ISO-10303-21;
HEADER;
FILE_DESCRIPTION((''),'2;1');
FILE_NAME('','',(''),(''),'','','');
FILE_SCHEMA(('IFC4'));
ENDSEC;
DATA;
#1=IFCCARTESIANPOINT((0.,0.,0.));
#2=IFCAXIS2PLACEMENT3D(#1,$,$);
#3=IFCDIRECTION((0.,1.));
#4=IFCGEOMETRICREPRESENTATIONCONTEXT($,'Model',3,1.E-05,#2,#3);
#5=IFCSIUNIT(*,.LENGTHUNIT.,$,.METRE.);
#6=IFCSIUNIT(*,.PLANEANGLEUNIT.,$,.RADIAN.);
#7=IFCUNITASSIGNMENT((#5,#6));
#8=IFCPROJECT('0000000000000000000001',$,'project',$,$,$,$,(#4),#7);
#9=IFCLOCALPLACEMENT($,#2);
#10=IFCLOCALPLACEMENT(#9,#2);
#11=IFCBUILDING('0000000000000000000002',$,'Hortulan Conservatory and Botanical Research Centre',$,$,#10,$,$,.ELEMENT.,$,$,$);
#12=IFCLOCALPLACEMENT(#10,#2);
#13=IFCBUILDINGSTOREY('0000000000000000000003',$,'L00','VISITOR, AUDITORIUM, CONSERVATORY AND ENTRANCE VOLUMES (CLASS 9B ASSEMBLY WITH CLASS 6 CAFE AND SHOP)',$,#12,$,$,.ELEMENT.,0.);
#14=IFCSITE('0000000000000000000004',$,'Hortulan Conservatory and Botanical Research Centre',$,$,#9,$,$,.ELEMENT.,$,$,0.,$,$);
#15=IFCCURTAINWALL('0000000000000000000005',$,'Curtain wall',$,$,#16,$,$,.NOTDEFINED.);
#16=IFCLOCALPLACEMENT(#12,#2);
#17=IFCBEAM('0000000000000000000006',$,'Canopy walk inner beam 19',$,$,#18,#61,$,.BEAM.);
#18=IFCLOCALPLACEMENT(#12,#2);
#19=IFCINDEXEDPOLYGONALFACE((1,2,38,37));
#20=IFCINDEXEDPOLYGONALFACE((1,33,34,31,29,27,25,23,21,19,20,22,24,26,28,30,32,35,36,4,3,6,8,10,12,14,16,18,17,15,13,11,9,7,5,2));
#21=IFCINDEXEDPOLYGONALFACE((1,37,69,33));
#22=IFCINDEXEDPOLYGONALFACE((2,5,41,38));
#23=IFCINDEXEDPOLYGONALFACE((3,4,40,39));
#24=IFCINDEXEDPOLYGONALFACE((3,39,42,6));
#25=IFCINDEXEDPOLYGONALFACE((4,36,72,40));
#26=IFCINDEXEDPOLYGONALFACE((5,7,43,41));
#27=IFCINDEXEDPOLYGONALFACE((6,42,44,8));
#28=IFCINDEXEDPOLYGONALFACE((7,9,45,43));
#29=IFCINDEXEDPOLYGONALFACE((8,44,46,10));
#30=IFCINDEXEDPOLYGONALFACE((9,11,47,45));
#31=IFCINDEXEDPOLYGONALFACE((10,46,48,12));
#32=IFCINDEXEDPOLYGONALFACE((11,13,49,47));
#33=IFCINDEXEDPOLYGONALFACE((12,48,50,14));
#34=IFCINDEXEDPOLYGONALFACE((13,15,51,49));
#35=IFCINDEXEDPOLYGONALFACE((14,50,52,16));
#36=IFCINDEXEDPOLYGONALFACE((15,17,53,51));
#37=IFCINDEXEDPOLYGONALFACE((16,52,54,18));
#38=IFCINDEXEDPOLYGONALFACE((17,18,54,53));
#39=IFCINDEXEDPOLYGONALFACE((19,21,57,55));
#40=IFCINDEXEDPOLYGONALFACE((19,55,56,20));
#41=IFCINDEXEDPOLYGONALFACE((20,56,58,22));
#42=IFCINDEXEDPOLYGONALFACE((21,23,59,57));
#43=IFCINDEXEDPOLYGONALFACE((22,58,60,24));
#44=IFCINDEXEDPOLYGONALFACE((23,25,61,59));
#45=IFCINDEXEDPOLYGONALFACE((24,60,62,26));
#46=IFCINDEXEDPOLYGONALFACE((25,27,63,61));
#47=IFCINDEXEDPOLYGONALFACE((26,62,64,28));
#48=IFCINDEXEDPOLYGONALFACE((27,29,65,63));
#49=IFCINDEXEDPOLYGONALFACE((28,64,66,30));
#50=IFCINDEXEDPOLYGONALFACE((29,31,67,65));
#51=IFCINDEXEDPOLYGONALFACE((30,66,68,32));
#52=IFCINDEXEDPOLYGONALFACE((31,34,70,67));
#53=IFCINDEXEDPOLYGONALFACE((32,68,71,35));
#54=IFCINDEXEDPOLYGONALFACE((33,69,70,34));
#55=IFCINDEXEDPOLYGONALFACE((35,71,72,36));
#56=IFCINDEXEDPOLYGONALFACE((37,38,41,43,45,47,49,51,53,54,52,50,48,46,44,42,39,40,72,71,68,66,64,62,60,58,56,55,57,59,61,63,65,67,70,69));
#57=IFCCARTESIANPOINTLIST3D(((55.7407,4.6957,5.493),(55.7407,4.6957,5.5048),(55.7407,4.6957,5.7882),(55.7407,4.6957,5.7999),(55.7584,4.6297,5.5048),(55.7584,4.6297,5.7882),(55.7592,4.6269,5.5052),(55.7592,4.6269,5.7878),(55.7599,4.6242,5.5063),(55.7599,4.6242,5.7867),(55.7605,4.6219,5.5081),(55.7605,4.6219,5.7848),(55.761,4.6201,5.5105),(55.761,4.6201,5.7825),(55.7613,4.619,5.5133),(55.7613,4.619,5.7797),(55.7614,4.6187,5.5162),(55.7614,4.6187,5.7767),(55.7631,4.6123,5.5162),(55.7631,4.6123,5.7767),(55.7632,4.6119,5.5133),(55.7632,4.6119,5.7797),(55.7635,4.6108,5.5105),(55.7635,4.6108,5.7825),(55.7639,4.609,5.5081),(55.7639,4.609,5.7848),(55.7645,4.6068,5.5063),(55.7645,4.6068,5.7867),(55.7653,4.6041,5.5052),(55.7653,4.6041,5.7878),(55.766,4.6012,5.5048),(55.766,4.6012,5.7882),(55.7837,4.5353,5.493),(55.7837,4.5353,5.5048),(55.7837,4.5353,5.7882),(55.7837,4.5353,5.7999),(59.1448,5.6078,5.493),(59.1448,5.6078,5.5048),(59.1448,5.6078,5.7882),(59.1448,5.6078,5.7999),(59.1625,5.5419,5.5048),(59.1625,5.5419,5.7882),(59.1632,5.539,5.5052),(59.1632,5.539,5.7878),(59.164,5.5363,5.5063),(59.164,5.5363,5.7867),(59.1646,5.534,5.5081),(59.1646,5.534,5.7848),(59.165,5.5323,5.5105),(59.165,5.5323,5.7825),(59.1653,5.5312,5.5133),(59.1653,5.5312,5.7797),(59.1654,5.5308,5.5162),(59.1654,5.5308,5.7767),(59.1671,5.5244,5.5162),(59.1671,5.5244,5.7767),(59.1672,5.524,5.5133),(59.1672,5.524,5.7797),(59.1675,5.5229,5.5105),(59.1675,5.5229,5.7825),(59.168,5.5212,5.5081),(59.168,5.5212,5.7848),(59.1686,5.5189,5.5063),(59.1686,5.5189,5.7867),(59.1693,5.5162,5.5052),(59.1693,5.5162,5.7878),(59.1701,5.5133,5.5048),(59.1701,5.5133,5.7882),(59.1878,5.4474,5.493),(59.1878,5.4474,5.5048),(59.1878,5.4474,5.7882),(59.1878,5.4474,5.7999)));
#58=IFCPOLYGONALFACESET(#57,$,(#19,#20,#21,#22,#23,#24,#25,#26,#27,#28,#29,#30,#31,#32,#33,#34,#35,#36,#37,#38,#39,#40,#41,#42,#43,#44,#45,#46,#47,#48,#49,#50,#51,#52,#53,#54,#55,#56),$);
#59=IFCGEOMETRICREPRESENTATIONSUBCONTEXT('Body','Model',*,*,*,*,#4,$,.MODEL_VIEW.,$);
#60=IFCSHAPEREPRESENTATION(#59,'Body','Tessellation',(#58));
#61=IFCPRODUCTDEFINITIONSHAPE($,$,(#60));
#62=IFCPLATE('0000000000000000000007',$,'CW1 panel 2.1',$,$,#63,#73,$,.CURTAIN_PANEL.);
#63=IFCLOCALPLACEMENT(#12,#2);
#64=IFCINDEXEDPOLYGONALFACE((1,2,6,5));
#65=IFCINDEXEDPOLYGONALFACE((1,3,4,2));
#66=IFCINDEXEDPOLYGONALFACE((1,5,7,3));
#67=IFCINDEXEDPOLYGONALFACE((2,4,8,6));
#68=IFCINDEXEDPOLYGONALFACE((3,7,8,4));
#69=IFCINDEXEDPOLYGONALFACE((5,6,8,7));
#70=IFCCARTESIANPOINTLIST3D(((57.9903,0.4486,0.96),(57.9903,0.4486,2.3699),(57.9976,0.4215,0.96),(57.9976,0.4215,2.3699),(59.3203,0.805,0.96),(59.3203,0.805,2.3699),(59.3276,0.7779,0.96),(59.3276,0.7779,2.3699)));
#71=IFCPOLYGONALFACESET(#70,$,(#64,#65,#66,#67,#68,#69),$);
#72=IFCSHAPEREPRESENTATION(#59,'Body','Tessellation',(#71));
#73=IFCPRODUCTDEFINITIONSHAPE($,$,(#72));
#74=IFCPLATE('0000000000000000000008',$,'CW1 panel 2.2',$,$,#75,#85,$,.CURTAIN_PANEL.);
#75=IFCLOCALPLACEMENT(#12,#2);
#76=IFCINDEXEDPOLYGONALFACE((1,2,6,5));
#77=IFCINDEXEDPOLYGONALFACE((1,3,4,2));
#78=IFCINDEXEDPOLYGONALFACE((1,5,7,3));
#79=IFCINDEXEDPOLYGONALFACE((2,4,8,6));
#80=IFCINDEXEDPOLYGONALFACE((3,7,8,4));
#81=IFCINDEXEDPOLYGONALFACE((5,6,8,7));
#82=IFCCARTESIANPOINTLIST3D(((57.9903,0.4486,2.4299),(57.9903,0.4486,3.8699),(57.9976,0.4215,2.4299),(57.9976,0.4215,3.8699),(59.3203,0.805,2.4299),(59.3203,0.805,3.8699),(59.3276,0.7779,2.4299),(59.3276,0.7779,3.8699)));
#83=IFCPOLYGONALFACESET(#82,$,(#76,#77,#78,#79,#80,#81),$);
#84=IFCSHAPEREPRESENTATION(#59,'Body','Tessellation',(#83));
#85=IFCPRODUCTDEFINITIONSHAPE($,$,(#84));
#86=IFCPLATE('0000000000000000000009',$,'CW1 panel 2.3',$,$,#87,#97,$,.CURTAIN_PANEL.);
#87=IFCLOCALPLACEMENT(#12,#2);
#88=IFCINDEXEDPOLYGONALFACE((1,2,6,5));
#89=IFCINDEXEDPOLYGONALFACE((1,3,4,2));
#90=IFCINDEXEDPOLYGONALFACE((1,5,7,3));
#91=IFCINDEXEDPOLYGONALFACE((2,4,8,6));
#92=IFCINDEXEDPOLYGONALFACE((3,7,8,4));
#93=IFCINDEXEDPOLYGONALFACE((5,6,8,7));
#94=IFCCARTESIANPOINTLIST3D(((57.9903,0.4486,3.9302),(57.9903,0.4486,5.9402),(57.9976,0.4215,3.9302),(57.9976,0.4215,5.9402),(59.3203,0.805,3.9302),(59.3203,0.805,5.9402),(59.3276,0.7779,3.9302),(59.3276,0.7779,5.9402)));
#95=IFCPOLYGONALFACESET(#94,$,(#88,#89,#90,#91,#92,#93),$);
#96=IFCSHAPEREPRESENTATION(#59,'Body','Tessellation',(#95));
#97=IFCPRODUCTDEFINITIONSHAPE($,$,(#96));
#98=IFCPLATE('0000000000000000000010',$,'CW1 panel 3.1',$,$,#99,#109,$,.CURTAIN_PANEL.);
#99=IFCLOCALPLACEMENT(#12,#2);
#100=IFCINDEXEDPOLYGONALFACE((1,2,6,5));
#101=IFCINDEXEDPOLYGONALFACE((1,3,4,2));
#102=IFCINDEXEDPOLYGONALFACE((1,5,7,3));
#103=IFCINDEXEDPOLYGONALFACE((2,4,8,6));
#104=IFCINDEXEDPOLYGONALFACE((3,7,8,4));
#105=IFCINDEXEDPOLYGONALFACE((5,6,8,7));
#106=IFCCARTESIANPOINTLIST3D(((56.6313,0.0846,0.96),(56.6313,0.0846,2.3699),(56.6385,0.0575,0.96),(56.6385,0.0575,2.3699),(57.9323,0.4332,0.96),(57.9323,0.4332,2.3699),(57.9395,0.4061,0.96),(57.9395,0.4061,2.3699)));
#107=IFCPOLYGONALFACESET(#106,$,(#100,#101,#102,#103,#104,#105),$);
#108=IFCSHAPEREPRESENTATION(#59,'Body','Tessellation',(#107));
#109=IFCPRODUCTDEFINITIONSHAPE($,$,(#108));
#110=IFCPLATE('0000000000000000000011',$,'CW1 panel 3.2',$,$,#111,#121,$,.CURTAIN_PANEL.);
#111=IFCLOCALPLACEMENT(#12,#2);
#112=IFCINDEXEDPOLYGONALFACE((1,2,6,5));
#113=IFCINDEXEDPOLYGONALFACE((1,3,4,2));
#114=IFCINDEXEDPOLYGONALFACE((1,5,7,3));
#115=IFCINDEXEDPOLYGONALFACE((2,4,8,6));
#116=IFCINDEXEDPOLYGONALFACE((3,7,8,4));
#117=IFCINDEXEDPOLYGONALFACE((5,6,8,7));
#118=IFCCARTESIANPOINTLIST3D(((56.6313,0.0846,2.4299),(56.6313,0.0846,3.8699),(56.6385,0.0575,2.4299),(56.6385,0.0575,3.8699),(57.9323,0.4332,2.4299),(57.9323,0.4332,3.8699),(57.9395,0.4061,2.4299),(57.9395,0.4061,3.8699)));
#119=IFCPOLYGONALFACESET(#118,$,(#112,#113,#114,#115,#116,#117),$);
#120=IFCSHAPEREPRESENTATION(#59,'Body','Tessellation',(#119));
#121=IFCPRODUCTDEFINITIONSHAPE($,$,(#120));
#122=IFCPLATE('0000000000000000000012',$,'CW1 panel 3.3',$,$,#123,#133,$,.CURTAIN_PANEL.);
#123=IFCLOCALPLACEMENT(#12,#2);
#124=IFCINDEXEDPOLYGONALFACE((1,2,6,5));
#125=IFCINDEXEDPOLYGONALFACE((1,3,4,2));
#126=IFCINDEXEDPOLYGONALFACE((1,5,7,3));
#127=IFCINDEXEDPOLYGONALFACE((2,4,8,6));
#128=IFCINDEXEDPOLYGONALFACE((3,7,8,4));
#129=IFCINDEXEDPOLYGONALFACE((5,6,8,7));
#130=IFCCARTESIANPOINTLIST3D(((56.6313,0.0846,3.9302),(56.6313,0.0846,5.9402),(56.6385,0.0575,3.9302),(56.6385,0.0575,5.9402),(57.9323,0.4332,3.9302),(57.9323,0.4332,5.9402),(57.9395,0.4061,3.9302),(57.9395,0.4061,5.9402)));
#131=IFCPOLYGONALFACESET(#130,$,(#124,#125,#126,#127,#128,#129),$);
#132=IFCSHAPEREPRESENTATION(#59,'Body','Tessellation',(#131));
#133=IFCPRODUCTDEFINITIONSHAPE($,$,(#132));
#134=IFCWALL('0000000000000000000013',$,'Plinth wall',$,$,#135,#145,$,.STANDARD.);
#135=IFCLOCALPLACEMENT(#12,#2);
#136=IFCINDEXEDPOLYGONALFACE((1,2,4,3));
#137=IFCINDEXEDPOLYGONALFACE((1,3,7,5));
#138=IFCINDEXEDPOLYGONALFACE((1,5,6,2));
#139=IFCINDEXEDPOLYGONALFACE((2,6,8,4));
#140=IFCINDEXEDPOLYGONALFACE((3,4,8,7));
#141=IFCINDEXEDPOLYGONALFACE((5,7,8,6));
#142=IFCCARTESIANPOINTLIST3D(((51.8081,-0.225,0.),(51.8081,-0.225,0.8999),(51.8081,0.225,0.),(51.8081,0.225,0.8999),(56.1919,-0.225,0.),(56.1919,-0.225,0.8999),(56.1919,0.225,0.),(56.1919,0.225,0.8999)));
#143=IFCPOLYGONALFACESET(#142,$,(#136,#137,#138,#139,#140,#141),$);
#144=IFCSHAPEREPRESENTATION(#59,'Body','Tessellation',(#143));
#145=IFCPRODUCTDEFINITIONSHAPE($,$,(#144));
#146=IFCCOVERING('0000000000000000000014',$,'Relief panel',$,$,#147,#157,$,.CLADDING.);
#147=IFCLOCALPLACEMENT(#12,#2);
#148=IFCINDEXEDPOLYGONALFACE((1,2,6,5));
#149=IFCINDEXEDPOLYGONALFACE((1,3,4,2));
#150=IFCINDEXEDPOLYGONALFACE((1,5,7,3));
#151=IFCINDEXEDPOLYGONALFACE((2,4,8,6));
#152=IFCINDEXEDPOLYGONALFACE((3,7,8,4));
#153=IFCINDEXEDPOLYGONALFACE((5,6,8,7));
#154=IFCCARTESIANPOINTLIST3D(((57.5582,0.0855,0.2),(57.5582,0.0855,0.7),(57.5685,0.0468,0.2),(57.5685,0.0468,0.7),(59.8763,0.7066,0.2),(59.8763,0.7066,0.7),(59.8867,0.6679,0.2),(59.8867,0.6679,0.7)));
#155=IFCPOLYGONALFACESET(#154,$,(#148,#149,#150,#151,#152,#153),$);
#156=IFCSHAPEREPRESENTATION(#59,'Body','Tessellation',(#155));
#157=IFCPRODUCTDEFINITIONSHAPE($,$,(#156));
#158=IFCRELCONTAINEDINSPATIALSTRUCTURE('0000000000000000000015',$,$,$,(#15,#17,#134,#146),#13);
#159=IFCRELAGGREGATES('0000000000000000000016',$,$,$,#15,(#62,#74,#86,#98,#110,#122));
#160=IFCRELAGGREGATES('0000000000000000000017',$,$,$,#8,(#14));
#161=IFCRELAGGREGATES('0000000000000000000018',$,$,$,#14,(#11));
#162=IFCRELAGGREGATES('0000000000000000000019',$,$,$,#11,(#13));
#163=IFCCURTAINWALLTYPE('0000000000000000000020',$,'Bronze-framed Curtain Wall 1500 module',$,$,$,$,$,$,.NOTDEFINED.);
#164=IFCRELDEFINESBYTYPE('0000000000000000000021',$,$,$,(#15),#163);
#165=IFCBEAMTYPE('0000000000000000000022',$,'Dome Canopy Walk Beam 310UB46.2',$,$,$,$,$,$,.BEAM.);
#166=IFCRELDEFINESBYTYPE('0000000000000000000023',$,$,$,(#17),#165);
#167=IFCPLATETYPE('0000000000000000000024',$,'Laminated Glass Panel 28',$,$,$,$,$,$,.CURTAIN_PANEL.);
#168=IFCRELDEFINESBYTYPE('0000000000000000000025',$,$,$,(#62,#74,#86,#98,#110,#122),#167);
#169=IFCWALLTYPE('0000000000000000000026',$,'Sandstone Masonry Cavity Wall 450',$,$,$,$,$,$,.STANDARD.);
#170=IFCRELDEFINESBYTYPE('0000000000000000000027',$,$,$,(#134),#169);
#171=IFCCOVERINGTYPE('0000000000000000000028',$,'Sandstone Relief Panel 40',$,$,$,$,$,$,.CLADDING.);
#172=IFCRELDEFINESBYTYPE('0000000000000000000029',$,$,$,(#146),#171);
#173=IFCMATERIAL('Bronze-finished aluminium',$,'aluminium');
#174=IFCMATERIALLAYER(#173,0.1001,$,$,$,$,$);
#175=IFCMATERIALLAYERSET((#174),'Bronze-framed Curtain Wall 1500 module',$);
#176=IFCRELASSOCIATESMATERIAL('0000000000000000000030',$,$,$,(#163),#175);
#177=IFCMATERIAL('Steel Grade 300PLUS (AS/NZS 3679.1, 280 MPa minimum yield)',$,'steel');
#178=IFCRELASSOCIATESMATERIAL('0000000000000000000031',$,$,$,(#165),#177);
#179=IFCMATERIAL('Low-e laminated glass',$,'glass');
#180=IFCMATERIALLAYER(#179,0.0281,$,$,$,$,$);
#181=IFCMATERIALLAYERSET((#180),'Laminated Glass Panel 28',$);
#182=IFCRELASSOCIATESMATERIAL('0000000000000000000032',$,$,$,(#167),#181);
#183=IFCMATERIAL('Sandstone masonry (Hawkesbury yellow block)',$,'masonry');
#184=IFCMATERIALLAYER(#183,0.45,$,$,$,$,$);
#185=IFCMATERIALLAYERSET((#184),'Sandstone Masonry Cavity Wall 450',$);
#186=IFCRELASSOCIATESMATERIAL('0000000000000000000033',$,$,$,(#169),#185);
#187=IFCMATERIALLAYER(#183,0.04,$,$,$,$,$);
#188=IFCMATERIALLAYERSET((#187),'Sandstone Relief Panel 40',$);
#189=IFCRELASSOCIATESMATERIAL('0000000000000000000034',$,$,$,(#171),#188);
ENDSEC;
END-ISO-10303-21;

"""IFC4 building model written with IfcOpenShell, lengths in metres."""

from ifc_helpers import new_model, si_unit, direction, frame, frame_2d, origin, origin_2d, place, context, subcontext, project, spatial, rectangle, i_section, extrude, material, layer, layer_set, material_profile, profile_set, type_object, element, aggregate, save


model = new_model("IFC4")

# Units and contexts
model_context = context("Model", 3, precision=1e-05, world=origin(), true_north=direction((0.0, 1.0)))
body_context = subcontext(model_context, "Body", "Model", "MODEL_VIEW")
ifc_project = project(units=[si_unit("LENGTHUNIT", "METRE"), si_unit("PLANEANGLEUNIT", "RADIAN")], contexts=[model_context])

# Site, building, storey
site_placement = place(None, origin())
site = spatial("IfcSite", under=ifc_project, at=site_placement, Name="Hortulan Conservatory and Botanical Research Centre", CompositionType="ELEMENT", RefElevation=0.0)
building_placement = place(site_placement, origin())
building = spatial("IfcBuilding", under=site, at=building_placement, Name="Hortulan Conservatory and Botanical Research Centre", CompositionType="ELEMENT")
storey_placement = place(building_placement, origin())
storey = spatial("IfcBuildingStorey", under=building, at=storey_placement, Name="L00", Description="VISITOR, AUDITORIUM, CONSERVATORY AND ENTRANCE VOLUMES (CLASS 9B ASSEMBLY WITH CLASS 6 CAFE AND SHOP)", CompositionType="ELEMENT", Elevation=0.0)

# Shared definitions
ifc_material_1 = material(Name="Bronze-finished aluminium", Category="aluminium")
ifc_layer_1 = layer(ifc_material_1, 0.1001)
ifc_layer_set_1 = layer_set([ifc_layer_1], Name="Bronze-framed Curtain Wall 1500 module")
curtain_wall_type = type_object("IfcCurtainWallType", Name="Bronze-framed Curtain Wall 1500 module", PredefinedType="NOTDEFINED", material=ifc_layer_set_1)

# Curtain wall
curtain_wall_1_placement = place(storey_placement, origin())
curtain_wall_1 = element("IfcCurtainWall", 1, at=curtain_wall_1_placement, inside=storey, type_object=curtain_wall_type, Name="Curtain wall", PredefinedType="NOTDEFINED")

# Beam
ifc_material_2 = material(Name="Steel Grade 300PLUS (AS/NZS 3679.1, 280 MPa minimum yield)", Category="steel")
ifc_material_profile_1 = material_profile(ifc_material_2, i_section(OverallWidth=0.166, OverallDepth=0.3069, WebThickness=0.0066, FlangeThickness=0.0117, FilletRadius=0.0115, at=origin_2d()), Name="310UB46.2")
ifc_profile_set_1 = profile_set([ifc_material_profile_1], Name="Steel Grade 300PLUS (AS/NZS 3679.1, 280 MPa minimum yield)")
beam_type = type_object("IfcBeamType", Name="Dome Canopy Walk Beam 310UB46.2", PredefinedType="BEAM", material=ifc_profile_set_1)
beam_1_placement = place(storey_placement, frame((55.7622, 4.6155, 5.6465), z_axis=(0.965926, 0.258818, 0.0), x_axis=(-0.258818, 0.965926, 0.0)))
element("IfcBeam", 2, at=beam_1_placement, inside=storey, type_object=beam_type, Name="Canopy walk inner beam 19", PredefinedType="BEAM", context=body_context, shape_type="SweptSolid", body=[
    extrude(i_section(OverallWidth=0.166, OverallDepth=0.3069, WebThickness=0.0066, FlangeThickness=0.0117, FilletRadius=0.0115, at=origin_2d()), origin(), (0.0, 0.0, 1.0), 3.5242),
])

# Plates
ifc_material_3 = material(Name="Low-e laminated glass", Category="glass")
ifc_layer_2 = layer(ifc_material_3, 0.0281)
ifc_layer_set_2 = layer_set([ifc_layer_2], Name="Laminated Glass Panel 28")
plate_type = type_object("IfcPlateType", Name="Laminated Glass Panel 28", PredefinedType="CURTAIN_PANEL", material=ifc_layer_set_2)
plate_1_placement = place(storey_placement, frame((58.6589, 0.6133, 0.96), z_axis=(0.0, 0.0, 1.0), x_axis=(-0.965922, -0.258832, 0.0)))
plate_1 = element("IfcPlate", 3, at=plate_1_placement, type_object=plate_type, Name="CW1 panel 2.1", PredefinedType="CURTAIN_PANEL", context=body_context, shape_type="SweptSolid", body=[
    extrude(rectangle(XDim=1.377, YDim=0.0281, at=origin_2d()), origin(), (0.0, 0.0, 1.0), 1.4099),
])
plate_2_placement = place(storey_placement, frame((58.6589, 0.6133, 2.4299), z_axis=(0.0, 0.0, 1.0), x_axis=(-0.965922, -0.258832, 0.0)))
plate_2 = element("IfcPlate", 4, at=plate_2_placement, type_object=plate_type, Name="CW1 panel 2.2", PredefinedType="CURTAIN_PANEL", context=body_context, shape_type="SweptSolid", body=[
    extrude(rectangle(XDim=1.377, YDim=0.0281, at=origin_2d()), origin(), (0.0, 0.0, 1.0), 1.4399),
])
plate_3_placement = place(storey_placement, frame((58.6589, 0.6133, 3.9302), z_axis=(0.0, 0.0, 1.0), x_axis=(-0.965922, -0.258832, 0.0)))
plate_3 = element("IfcPlate", 5, at=plate_3_placement, type_object=plate_type, Name="CW1 panel 2.3", PredefinedType="CURTAIN_PANEL", context=body_context, shape_type="SweptSolid", body=[
    extrude(rectangle(XDim=1.377, YDim=0.0281, at=origin_2d()), origin(), (0.0, 0.0, 1.0), 2.01),
])
plate_4_placement = place(storey_placement, frame((57.2854, 0.2454, 0.96), z_axis=(0.0, 0.0, 1.0), x_axis=(-0.965922, -0.258832, 0.0)))
plate_4 = element("IfcPlate", 6, at=plate_4_placement, type_object=plate_type, Name="CW1 panel 3.1", PredefinedType="CURTAIN_PANEL", context=body_context, shape_type="SweptSolid", body=[
    extrude(rectangle(XDim=1.3469, YDim=0.0281, at=origin_2d()), origin(), (0.0, 0.0, 1.0), 1.4099),
])
plate_5_placement = place(storey_placement, frame((57.2854, 0.2454, 2.4299), z_axis=(0.0, 0.0, 1.0), x_axis=(-0.965922, -0.258832, 0.0)))
plate_5 = element("IfcPlate", 7, at=plate_5_placement, type_object=plate_type, Name="CW1 panel 3.2", PredefinedType="CURTAIN_PANEL", context=body_context, shape_type="SweptSolid", body=[
    extrude(rectangle(XDim=1.3469, YDim=0.0281, at=origin_2d()), origin(), (0.0, 0.0, 1.0), 1.4399),
])
plate_6_placement = place(storey_placement, frame((57.2854, 0.2454, 3.9302), z_axis=(0.0, 0.0, 1.0), x_axis=(-0.965922, -0.258832, 0.0)))
plate_6 = element("IfcPlate", 8, at=plate_6_placement, type_object=plate_type, Name="CW1 panel 3.3", PredefinedType="CURTAIN_PANEL", context=body_context, shape_type="SweptSolid", body=[
    extrude(rectangle(XDim=1.3469, YDim=0.0281, at=origin_2d()), origin(), (0.0, 0.0, 1.0), 2.01),
])
aggregate(curtain_wall_1, [plate_1, plate_2, plate_3, plate_4, plate_5, plate_6])

# Wall
ifc_material_4 = material(Name="Sandstone masonry (Hawkesbury yellow block)", Category="masonry")
ifc_layer_3 = layer(ifc_material_4, 0.45)
ifc_layer_set_3 = layer_set([ifc_layer_3], Name="Sandstone Masonry Cavity Wall 450")
wall_type = type_object("IfcWallType", Name="Sandstone Masonry Cavity Wall 450", PredefinedType="STANDARD", material=ifc_layer_set_3)
wall_placement = place(storey_placement, frame((56.1919, 0.0, 0.0), z_axis=(0.0, 0.0, 1.0), x_axis=(-1.0, 0.0, 0.0)))
element("IfcWall", 9, at=wall_placement, inside=storey, type_object=wall_type, Name="Plinth wall", PredefinedType="STANDARD", context=body_context, shape_type="SweptSolid", body=[
    extrude(rectangle(XDim=4.3838, YDim=0.45, at=frame_2d((2.1919, 0.0))), origin(), (0.0, 0.0, 1.0), 0.8999),
])

# Covering
ifc_layer_4 = layer(ifc_material_4, 0.04)
ifc_layer_set_4 = layer_set([ifc_layer_4], Name="Sandstone Relief Panel 40")
covering_type = type_object("IfcCoveringType", Name="Sandstone Relief Panel 40", PredefinedType="CLADDING", material=ifc_layer_set_4)
covering_placement = place(storey_placement, frame((58.7224, 0.3767, 0.2), z_axis=(0.0, 0.0, 1.0), x_axis=(-0.965925, -0.258822, 0.0)))
element("IfcCovering", 10, at=covering_placement, inside=storey, type_object=covering_type, Name="Relief panel", PredefinedType="CLADDING", context=body_context, shape_type="SweptSolid", body=[
    extrude(rectangle(XDim=2.3999, YDim=0.04, at=origin_2d()), origin(), (0.0, 0.0, 1.0), 0.5),
])

save(model, "model.ifc")
